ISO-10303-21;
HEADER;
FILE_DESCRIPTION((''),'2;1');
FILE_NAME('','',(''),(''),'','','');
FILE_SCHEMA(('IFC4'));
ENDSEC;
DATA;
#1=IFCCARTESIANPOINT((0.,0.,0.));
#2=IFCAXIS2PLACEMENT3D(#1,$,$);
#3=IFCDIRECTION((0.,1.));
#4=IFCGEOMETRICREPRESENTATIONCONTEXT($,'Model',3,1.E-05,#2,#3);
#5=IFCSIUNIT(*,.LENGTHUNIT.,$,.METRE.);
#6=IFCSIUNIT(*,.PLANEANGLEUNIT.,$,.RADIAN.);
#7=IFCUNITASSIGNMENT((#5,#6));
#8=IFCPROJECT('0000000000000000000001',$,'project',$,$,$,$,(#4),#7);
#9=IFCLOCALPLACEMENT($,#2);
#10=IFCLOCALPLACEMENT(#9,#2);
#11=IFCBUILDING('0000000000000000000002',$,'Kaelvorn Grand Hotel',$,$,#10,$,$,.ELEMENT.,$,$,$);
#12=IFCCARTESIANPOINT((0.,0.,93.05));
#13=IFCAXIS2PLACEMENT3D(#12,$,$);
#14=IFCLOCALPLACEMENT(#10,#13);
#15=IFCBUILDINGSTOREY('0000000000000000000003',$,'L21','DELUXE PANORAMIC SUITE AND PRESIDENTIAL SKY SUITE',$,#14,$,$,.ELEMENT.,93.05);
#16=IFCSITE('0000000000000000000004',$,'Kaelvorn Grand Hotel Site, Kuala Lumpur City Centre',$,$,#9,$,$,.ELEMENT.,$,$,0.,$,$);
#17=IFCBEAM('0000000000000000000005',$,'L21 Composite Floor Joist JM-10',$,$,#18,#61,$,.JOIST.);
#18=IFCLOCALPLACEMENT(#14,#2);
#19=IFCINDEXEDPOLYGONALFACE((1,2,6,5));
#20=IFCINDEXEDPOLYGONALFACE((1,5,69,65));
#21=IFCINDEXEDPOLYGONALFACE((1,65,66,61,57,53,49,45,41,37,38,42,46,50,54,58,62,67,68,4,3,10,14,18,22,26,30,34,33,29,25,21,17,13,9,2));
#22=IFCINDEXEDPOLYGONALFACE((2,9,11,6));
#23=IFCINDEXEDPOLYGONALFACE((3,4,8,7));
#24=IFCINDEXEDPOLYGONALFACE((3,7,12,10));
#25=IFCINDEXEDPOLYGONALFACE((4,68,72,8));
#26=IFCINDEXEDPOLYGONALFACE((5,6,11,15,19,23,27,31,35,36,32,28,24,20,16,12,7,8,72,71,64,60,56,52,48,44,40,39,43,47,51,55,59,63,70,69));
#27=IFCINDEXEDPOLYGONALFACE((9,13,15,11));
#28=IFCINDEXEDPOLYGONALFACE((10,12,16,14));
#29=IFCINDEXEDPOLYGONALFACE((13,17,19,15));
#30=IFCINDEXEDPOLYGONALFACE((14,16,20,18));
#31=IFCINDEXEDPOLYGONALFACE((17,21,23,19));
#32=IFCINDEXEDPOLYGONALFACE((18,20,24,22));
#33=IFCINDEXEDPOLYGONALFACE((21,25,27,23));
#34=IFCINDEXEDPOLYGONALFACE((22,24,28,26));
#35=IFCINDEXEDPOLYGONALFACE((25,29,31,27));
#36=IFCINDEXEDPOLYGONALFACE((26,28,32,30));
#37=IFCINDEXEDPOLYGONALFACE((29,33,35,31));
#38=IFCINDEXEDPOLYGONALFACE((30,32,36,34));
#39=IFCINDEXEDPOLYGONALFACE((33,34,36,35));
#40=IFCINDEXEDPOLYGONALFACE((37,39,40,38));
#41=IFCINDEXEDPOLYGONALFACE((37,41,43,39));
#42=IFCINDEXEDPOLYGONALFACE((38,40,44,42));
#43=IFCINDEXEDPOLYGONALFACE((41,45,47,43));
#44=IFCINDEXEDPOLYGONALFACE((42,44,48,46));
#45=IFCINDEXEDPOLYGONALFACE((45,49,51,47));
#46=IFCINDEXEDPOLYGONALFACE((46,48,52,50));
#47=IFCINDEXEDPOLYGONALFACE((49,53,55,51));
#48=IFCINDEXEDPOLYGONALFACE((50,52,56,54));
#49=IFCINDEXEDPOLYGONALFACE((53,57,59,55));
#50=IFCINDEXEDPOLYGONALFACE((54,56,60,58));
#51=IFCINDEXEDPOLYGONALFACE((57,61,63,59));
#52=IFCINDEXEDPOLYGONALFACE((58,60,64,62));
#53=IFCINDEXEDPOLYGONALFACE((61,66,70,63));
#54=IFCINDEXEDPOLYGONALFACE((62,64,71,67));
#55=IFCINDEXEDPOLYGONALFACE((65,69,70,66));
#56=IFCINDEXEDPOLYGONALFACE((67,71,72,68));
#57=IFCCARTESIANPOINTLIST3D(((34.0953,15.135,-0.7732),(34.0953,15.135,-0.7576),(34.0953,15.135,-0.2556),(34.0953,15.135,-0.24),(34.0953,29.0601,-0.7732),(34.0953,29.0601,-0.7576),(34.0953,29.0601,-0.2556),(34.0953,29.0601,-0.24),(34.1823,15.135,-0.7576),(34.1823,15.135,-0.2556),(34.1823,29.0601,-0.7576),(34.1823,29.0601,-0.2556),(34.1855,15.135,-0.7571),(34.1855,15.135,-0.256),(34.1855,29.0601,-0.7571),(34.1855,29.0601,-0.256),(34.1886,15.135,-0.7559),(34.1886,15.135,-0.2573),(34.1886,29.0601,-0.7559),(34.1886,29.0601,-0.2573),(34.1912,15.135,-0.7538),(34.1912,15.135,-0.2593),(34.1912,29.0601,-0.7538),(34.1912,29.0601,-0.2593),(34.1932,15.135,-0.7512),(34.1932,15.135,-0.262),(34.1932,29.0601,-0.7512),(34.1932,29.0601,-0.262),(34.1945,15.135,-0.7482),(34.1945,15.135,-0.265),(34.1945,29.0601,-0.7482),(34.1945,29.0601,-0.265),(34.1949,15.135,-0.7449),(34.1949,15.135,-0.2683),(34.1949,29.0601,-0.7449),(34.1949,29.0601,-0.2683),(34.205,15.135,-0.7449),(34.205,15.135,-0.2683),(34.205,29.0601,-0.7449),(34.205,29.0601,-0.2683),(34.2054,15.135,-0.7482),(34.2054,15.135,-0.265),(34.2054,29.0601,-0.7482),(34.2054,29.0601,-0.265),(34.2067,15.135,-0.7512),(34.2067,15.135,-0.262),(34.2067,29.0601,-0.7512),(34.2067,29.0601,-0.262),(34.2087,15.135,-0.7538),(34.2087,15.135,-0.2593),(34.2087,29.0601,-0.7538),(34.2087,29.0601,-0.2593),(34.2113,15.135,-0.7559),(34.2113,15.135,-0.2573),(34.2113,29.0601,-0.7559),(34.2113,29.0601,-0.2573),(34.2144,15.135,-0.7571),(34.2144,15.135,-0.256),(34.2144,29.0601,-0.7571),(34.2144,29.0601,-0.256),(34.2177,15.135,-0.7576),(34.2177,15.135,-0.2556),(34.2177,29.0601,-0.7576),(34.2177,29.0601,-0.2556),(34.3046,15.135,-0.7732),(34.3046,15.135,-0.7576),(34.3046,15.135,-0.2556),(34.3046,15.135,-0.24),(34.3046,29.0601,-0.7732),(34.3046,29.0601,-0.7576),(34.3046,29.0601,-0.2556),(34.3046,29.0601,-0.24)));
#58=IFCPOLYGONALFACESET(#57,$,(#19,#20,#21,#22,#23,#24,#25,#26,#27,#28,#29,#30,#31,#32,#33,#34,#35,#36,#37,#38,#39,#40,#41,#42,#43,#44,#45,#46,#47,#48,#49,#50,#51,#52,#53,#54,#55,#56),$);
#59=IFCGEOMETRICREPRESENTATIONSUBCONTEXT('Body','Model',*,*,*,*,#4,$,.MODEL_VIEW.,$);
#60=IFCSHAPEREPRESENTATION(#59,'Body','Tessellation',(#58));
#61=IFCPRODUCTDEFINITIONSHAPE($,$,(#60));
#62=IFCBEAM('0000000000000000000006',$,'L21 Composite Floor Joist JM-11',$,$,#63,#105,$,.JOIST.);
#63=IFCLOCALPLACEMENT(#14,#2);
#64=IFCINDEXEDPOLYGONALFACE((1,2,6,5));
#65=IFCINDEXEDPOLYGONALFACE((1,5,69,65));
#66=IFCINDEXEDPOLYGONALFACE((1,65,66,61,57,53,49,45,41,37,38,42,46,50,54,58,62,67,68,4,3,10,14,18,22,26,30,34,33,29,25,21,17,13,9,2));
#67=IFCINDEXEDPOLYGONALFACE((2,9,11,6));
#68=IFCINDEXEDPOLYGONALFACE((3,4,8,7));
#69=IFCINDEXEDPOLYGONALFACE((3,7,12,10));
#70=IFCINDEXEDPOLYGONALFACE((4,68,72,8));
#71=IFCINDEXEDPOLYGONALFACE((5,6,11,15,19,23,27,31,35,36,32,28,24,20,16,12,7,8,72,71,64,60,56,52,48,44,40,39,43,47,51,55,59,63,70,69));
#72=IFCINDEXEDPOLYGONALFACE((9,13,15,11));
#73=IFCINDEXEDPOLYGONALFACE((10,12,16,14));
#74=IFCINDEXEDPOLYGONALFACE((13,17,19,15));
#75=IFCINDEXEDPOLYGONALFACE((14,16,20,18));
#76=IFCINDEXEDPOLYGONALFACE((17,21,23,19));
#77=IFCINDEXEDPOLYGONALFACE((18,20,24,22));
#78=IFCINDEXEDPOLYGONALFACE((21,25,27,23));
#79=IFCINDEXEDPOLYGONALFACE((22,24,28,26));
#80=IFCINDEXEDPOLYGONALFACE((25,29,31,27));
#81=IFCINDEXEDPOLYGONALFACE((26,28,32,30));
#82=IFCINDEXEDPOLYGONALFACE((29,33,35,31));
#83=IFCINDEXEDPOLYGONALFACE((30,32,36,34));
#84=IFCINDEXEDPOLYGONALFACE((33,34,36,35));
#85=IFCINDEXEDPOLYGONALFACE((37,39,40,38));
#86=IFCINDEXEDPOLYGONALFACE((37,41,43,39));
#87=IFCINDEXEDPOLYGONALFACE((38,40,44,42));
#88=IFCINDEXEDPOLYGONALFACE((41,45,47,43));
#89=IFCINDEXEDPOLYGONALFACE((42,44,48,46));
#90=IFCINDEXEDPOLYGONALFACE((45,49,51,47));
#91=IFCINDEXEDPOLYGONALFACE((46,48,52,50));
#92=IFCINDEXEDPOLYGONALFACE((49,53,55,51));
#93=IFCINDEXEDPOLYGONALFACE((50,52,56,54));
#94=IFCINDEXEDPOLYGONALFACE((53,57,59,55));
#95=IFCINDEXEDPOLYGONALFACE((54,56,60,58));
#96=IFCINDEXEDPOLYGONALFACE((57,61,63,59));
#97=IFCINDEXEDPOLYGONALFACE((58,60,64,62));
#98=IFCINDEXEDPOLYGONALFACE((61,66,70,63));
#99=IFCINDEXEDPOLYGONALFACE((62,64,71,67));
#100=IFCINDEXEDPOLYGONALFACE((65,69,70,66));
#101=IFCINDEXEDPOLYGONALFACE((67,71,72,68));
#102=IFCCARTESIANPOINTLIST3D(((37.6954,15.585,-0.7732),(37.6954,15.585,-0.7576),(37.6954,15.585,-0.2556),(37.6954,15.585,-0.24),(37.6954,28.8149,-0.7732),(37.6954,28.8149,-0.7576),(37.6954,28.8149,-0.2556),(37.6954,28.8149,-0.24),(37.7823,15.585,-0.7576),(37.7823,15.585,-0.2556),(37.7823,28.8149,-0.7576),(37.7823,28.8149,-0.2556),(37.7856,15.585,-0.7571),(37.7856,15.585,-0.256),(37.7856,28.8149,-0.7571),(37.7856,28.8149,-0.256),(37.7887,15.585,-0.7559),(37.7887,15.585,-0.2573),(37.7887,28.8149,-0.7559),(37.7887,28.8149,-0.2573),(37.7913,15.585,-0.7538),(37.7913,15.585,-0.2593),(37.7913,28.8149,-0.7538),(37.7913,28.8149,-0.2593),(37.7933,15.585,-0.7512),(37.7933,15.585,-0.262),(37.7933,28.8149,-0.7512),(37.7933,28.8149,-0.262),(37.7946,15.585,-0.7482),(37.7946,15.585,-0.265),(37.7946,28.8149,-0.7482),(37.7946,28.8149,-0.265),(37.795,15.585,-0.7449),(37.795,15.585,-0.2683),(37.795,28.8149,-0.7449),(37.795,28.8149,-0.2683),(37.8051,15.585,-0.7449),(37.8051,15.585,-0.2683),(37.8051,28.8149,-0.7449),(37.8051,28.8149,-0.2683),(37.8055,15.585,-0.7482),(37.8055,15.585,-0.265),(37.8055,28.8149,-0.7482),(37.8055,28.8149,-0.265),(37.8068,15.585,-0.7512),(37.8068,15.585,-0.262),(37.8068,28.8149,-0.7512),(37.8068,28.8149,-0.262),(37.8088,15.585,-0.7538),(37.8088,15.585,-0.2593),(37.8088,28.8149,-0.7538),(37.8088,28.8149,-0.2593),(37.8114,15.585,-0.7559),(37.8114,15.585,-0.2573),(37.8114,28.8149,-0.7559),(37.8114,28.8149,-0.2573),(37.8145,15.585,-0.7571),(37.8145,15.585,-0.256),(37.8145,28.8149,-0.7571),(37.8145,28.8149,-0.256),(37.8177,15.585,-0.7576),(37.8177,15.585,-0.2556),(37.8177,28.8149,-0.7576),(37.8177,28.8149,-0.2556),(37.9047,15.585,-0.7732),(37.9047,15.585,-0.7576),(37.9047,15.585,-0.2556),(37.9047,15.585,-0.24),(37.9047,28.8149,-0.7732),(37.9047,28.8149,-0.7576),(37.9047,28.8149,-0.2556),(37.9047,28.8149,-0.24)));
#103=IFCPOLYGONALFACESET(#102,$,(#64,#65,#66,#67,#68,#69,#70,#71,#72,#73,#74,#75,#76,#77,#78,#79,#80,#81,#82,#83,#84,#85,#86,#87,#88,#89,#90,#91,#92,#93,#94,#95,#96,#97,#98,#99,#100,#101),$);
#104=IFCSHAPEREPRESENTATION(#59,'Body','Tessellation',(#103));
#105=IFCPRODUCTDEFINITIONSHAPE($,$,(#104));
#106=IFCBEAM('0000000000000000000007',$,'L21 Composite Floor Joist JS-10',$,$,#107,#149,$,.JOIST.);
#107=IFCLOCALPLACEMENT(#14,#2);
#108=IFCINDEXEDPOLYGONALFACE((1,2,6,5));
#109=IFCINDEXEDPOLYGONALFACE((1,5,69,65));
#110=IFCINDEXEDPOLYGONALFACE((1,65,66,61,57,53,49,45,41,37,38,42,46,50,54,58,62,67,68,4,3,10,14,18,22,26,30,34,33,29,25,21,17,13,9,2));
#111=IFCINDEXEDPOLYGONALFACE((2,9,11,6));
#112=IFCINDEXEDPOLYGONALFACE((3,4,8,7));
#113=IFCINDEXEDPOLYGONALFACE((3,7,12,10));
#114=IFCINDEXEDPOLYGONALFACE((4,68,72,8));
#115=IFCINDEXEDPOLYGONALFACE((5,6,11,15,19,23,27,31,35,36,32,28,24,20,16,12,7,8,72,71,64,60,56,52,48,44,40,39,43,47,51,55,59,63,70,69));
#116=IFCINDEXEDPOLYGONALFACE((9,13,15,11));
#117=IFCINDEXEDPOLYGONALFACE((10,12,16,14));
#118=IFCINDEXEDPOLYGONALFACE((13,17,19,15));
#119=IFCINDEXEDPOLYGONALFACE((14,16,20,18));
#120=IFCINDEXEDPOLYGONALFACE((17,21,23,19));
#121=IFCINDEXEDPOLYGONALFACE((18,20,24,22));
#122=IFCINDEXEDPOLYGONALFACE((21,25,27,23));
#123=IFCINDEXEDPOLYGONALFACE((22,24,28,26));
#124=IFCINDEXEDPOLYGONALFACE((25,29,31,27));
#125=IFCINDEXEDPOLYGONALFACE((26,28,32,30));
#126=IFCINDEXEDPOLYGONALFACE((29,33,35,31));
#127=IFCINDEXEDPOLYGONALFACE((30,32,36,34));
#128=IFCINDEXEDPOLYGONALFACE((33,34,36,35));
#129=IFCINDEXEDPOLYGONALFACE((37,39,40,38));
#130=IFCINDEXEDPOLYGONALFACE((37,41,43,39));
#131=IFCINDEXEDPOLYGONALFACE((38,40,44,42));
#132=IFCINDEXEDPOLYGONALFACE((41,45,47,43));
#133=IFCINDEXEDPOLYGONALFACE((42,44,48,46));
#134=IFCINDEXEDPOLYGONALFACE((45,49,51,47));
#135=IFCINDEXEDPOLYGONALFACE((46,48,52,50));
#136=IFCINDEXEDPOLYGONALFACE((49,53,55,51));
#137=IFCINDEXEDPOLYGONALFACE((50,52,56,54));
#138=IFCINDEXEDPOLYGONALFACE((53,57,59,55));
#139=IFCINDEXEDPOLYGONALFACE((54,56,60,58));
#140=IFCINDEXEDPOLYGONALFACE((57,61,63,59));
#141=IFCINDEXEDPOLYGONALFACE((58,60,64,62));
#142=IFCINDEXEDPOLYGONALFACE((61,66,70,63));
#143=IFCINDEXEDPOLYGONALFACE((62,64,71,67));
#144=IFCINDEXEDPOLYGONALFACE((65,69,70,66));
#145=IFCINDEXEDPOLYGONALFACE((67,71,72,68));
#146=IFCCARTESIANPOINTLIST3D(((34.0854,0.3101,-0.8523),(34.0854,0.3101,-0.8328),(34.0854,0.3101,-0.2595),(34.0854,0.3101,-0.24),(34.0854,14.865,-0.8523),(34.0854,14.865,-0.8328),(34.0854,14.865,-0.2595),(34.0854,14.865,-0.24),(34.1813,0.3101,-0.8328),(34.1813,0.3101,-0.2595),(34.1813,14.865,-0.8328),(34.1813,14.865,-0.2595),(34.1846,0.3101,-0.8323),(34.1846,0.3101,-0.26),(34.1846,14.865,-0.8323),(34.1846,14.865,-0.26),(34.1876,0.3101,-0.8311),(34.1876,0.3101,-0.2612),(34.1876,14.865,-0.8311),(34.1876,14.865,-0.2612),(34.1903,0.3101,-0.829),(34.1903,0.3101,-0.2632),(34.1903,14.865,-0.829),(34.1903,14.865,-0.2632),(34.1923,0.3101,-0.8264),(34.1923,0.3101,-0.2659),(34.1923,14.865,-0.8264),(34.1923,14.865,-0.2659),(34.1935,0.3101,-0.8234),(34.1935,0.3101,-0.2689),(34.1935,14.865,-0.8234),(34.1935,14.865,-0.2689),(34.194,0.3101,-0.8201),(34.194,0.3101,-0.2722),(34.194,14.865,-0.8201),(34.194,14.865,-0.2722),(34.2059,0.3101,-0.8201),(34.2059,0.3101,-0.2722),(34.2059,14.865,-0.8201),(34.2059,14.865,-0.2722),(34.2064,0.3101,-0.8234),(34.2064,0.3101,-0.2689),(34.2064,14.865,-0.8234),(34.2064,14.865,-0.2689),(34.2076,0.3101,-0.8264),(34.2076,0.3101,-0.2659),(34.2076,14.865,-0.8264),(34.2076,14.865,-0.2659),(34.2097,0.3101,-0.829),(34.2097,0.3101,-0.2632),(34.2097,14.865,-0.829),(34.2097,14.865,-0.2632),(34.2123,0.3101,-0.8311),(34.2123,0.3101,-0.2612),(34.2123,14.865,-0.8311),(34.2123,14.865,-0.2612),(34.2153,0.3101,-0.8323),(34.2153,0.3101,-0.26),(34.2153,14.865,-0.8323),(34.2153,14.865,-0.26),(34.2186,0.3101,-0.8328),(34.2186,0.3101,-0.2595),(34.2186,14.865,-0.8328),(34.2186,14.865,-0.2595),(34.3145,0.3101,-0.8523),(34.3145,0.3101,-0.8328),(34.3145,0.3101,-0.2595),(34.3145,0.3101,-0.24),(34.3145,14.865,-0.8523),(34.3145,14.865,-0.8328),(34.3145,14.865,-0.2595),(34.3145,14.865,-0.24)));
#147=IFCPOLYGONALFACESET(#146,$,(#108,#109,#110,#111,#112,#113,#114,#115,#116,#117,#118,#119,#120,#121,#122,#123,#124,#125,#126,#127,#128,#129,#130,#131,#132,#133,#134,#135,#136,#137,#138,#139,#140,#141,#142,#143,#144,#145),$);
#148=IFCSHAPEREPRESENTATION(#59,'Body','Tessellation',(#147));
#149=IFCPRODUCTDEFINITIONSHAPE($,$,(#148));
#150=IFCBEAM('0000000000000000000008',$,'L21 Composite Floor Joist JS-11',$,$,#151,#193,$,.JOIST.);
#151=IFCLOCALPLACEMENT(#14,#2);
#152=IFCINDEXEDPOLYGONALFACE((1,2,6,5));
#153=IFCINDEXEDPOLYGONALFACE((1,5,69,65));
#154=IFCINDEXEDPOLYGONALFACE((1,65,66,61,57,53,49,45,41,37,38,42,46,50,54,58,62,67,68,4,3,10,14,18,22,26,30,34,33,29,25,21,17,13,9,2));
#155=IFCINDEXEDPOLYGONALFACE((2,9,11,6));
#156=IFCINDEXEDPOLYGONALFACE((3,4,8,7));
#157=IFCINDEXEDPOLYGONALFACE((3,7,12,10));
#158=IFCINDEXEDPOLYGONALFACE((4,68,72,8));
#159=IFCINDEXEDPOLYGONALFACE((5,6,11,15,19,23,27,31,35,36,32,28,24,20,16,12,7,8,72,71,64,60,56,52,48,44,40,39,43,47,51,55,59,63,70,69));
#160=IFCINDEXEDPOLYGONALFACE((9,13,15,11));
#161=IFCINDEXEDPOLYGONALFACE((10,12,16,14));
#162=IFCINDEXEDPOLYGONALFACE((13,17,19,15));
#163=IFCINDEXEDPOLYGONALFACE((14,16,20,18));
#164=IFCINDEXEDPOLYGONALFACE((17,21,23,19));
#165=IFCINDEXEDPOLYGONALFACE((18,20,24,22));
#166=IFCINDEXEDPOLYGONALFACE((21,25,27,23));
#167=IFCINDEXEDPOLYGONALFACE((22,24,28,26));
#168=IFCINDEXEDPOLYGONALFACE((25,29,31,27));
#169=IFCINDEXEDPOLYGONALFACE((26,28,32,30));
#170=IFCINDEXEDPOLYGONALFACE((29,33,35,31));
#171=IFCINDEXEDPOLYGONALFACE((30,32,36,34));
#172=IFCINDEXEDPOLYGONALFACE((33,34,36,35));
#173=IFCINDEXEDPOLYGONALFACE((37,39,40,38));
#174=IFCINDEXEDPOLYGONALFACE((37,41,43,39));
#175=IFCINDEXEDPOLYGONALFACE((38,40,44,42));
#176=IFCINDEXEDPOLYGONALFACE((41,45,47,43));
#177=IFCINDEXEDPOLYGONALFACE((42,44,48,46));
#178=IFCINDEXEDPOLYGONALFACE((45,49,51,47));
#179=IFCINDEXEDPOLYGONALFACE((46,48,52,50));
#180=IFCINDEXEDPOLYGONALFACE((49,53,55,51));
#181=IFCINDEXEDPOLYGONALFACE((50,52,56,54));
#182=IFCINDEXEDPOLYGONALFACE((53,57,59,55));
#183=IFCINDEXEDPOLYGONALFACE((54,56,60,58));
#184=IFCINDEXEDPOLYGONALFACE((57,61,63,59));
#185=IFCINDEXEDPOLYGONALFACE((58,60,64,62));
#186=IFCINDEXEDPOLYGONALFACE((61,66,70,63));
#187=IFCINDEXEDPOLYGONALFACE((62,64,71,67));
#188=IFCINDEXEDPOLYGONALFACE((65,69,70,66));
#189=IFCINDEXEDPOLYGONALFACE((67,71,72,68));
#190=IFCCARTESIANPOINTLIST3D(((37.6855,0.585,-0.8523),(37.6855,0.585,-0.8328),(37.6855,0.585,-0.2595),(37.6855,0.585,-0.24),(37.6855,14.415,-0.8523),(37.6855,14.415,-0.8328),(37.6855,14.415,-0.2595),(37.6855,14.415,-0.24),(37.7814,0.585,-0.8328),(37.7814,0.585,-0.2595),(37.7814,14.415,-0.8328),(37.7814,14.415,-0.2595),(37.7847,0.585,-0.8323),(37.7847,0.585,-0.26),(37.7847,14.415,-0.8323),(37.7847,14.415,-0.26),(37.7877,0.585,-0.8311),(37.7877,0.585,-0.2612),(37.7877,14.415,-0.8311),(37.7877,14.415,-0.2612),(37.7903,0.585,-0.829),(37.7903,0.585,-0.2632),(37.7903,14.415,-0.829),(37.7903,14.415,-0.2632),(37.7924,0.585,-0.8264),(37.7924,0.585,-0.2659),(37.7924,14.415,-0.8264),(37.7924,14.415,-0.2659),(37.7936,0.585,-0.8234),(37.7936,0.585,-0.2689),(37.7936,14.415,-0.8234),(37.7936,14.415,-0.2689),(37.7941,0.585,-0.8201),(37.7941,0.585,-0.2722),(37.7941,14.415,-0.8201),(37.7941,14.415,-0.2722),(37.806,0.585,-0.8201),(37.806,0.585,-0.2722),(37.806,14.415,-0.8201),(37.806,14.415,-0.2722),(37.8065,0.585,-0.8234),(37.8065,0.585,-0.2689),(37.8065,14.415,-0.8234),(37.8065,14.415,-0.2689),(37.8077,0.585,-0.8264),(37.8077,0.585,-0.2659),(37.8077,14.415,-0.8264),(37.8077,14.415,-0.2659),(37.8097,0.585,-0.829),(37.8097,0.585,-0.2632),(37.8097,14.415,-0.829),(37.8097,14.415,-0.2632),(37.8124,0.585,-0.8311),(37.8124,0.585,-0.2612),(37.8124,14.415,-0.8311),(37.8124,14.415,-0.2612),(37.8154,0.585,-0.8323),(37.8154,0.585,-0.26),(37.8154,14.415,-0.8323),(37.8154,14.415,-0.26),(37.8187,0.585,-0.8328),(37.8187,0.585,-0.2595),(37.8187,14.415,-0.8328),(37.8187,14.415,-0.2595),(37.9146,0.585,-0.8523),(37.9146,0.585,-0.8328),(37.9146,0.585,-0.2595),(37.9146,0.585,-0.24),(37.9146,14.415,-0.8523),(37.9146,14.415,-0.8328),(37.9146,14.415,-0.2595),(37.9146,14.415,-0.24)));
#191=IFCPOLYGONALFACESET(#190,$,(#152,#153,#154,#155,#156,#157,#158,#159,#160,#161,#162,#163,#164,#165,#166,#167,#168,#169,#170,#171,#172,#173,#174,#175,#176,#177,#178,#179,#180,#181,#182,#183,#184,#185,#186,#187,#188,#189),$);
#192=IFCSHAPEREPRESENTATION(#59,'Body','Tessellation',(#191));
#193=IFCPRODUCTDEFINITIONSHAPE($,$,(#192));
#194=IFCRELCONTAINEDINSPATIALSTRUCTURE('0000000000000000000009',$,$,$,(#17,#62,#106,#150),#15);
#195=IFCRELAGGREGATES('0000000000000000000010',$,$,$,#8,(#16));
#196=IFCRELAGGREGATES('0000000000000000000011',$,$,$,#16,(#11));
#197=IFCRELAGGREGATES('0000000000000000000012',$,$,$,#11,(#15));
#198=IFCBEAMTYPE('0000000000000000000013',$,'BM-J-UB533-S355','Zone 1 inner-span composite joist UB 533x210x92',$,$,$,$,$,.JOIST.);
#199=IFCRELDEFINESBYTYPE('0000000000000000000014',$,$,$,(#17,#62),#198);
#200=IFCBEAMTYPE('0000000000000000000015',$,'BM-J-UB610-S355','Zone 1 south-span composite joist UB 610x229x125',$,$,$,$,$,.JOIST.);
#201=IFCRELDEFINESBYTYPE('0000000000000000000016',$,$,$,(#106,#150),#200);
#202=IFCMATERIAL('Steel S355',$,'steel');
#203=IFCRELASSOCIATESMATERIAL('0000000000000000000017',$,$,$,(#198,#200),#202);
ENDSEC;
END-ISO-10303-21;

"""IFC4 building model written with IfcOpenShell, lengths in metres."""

from ifc_helpers import new_model, si_unit, direction, frame, origin, origin_2d, place, context, subcontext, project, spatial, i_section, extrude, material, material_profile, profile_set, type_object, element, save


model = new_model("IFC4")

# Units and contexts
model_context = context("Model", 3, precision=1e-05, world=origin(), true_north=direction((0.0, 1.0)))
body_context = subcontext(model_context, "Body", "Model", "MODEL_VIEW")
ifc_project = project(units=[si_unit("LENGTHUNIT", "METRE"), si_unit("PLANEANGLEUNIT", "RADIAN")], contexts=[model_context])

# Site, building, storey
site_placement = place(None, origin())
site = spatial("IfcSite", under=ifc_project, at=site_placement, Name="Kaelvorn Grand Hotel Site, Kuala Lumpur City Centre", CompositionType="ELEMENT", RefElevation=0.0)
building_placement = place(site_placement, origin())
building = spatial("IfcBuilding", under=site, at=building_placement, Name="Kaelvorn Grand Hotel", CompositionType="ELEMENT")
storey_placement = place(building_placement, frame((0.0, 0.0, 93.05)))
storey = spatial("IfcBuildingStorey", under=building, at=storey_placement, Name="L21", Description="DELUXE PANORAMIC SUITE AND PRESIDENTIAL SKY SUITE", CompositionType="ELEMENT", Elevation=93.05)

# Beams
ifc_material_1 = material(Name="Steel S355", Category="steel")
ifc_material_profile_1 = material_profile(ifc_material_1, i_section(OverallWidth=0.2092, OverallDepth=0.5332, WebThickness=0.01, FlangeThickness=0.0156, FilletRadius=0.0127, at=origin_2d()), Name="UB 533x210x92")
ifc_profile_set_1 = profile_set([ifc_material_profile_1], Name="Steel S355")
beam_type_1 = type_object("IfcBeamType", Name="BM-J-UB533-S355", Description="Zone 1 inner-span composite joist UB 533x210x92", PredefinedType="JOIST", material=ifc_profile_set_1)
beam_1_placement = place(storey_placement, frame((34.2, 15.135, -0.5066), z_axis=(0.0, 1.0, 0.0), x_axis=(-1.0, 0.0, 0.0)))
element("IfcBeam", 1, at=beam_1_placement, inside=storey, type_object=beam_type_1, Name="L21 Composite Floor Joist JM-10", PredefinedType="JOIST", context=body_context, shape_type="SweptSolid", body=[
    extrude(i_section(OverallWidth=0.2092, OverallDepth=0.5332, WebThickness=0.01, FlangeThickness=0.0156, FilletRadius=0.0127, at=origin_2d()), origin(), (0.0, 0.0, 1.0), 13.925),
])
beam_2_placement = place(storey_placement, frame((37.8, 15.585, -0.5066), z_axis=(0.0, 1.0, 0.0), x_axis=(-1.0, 0.0, 0.0)))
element("IfcBeam", 2, at=beam_2_placement, inside=storey, type_object=beam_type_1, Name="L21 Composite Floor Joist JM-11", PredefinedType="JOIST", context=body_context, shape_type="SweptSolid", body=[
    extrude(i_section(OverallWidth=0.2092, OverallDepth=0.5332, WebThickness=0.01, FlangeThickness=0.0156, FilletRadius=0.0127, at=origin_2d()), origin(), (0.0, 0.0, 1.0), 13.23),
])
ifc_material_profile_2 = material_profile(ifc_material_1, i_section(OverallWidth=0.229, OverallDepth=0.6123, WebThickness=0.012, FlangeThickness=0.0195, FilletRadius=0.0127, at=origin_2d()), Name="UB 610x229x125")
ifc_profile_set_2 = profile_set([ifc_material_profile_2], Name="Steel S355")
beam_type_2 = type_object("IfcBeamType", Name="BM-J-UB610-S355", Description="Zone 1 south-span composite joist UB 610x229x125", PredefinedType="JOIST", material=ifc_profile_set_2)
beam_3_placement = place(storey_placement, frame((34.2, 0.3101, -0.5461), z_axis=(0.0, 1.0, 0.0), x_axis=(-1.0, 0.0, 0.0)))
element("IfcBeam", 3, at=beam_3_placement, inside=storey, type_object=beam_type_2, Name="L21 Composite Floor Joist JS-10", PredefinedType="JOIST", context=body_context, shape_type="SweptSolid", body=[
    extrude(i_section(OverallWidth=0.229, OverallDepth=0.6123, WebThickness=0.012, FlangeThickness=0.0195, FilletRadius=0.0127, at=origin_2d()), origin(), (0.0, 0.0, 1.0), 14.5549),
])
beam_4_placement = place(storey_placement, frame((37.8, 0.585, -0.5461), z_axis=(0.0, 1.0, 0.0), x_axis=(-1.0, 0.0, 0.0)))
element("IfcBeam", 4, at=beam_4_placement, inside=storey, type_object=beam_type_2, Name="L21 Composite Floor Joist JS-11", PredefinedType="JOIST", context=body_context, shape_type="SweptSolid", body=[
    extrude(i_section(OverallWidth=0.229, OverallDepth=0.6123, WebThickness=0.012, FlangeThickness=0.0195, FilletRadius=0.0127, at=origin_2d()), origin(), (0.0, 0.0, 1.0), 13.8301),
])

save(model, "model.ifc")
